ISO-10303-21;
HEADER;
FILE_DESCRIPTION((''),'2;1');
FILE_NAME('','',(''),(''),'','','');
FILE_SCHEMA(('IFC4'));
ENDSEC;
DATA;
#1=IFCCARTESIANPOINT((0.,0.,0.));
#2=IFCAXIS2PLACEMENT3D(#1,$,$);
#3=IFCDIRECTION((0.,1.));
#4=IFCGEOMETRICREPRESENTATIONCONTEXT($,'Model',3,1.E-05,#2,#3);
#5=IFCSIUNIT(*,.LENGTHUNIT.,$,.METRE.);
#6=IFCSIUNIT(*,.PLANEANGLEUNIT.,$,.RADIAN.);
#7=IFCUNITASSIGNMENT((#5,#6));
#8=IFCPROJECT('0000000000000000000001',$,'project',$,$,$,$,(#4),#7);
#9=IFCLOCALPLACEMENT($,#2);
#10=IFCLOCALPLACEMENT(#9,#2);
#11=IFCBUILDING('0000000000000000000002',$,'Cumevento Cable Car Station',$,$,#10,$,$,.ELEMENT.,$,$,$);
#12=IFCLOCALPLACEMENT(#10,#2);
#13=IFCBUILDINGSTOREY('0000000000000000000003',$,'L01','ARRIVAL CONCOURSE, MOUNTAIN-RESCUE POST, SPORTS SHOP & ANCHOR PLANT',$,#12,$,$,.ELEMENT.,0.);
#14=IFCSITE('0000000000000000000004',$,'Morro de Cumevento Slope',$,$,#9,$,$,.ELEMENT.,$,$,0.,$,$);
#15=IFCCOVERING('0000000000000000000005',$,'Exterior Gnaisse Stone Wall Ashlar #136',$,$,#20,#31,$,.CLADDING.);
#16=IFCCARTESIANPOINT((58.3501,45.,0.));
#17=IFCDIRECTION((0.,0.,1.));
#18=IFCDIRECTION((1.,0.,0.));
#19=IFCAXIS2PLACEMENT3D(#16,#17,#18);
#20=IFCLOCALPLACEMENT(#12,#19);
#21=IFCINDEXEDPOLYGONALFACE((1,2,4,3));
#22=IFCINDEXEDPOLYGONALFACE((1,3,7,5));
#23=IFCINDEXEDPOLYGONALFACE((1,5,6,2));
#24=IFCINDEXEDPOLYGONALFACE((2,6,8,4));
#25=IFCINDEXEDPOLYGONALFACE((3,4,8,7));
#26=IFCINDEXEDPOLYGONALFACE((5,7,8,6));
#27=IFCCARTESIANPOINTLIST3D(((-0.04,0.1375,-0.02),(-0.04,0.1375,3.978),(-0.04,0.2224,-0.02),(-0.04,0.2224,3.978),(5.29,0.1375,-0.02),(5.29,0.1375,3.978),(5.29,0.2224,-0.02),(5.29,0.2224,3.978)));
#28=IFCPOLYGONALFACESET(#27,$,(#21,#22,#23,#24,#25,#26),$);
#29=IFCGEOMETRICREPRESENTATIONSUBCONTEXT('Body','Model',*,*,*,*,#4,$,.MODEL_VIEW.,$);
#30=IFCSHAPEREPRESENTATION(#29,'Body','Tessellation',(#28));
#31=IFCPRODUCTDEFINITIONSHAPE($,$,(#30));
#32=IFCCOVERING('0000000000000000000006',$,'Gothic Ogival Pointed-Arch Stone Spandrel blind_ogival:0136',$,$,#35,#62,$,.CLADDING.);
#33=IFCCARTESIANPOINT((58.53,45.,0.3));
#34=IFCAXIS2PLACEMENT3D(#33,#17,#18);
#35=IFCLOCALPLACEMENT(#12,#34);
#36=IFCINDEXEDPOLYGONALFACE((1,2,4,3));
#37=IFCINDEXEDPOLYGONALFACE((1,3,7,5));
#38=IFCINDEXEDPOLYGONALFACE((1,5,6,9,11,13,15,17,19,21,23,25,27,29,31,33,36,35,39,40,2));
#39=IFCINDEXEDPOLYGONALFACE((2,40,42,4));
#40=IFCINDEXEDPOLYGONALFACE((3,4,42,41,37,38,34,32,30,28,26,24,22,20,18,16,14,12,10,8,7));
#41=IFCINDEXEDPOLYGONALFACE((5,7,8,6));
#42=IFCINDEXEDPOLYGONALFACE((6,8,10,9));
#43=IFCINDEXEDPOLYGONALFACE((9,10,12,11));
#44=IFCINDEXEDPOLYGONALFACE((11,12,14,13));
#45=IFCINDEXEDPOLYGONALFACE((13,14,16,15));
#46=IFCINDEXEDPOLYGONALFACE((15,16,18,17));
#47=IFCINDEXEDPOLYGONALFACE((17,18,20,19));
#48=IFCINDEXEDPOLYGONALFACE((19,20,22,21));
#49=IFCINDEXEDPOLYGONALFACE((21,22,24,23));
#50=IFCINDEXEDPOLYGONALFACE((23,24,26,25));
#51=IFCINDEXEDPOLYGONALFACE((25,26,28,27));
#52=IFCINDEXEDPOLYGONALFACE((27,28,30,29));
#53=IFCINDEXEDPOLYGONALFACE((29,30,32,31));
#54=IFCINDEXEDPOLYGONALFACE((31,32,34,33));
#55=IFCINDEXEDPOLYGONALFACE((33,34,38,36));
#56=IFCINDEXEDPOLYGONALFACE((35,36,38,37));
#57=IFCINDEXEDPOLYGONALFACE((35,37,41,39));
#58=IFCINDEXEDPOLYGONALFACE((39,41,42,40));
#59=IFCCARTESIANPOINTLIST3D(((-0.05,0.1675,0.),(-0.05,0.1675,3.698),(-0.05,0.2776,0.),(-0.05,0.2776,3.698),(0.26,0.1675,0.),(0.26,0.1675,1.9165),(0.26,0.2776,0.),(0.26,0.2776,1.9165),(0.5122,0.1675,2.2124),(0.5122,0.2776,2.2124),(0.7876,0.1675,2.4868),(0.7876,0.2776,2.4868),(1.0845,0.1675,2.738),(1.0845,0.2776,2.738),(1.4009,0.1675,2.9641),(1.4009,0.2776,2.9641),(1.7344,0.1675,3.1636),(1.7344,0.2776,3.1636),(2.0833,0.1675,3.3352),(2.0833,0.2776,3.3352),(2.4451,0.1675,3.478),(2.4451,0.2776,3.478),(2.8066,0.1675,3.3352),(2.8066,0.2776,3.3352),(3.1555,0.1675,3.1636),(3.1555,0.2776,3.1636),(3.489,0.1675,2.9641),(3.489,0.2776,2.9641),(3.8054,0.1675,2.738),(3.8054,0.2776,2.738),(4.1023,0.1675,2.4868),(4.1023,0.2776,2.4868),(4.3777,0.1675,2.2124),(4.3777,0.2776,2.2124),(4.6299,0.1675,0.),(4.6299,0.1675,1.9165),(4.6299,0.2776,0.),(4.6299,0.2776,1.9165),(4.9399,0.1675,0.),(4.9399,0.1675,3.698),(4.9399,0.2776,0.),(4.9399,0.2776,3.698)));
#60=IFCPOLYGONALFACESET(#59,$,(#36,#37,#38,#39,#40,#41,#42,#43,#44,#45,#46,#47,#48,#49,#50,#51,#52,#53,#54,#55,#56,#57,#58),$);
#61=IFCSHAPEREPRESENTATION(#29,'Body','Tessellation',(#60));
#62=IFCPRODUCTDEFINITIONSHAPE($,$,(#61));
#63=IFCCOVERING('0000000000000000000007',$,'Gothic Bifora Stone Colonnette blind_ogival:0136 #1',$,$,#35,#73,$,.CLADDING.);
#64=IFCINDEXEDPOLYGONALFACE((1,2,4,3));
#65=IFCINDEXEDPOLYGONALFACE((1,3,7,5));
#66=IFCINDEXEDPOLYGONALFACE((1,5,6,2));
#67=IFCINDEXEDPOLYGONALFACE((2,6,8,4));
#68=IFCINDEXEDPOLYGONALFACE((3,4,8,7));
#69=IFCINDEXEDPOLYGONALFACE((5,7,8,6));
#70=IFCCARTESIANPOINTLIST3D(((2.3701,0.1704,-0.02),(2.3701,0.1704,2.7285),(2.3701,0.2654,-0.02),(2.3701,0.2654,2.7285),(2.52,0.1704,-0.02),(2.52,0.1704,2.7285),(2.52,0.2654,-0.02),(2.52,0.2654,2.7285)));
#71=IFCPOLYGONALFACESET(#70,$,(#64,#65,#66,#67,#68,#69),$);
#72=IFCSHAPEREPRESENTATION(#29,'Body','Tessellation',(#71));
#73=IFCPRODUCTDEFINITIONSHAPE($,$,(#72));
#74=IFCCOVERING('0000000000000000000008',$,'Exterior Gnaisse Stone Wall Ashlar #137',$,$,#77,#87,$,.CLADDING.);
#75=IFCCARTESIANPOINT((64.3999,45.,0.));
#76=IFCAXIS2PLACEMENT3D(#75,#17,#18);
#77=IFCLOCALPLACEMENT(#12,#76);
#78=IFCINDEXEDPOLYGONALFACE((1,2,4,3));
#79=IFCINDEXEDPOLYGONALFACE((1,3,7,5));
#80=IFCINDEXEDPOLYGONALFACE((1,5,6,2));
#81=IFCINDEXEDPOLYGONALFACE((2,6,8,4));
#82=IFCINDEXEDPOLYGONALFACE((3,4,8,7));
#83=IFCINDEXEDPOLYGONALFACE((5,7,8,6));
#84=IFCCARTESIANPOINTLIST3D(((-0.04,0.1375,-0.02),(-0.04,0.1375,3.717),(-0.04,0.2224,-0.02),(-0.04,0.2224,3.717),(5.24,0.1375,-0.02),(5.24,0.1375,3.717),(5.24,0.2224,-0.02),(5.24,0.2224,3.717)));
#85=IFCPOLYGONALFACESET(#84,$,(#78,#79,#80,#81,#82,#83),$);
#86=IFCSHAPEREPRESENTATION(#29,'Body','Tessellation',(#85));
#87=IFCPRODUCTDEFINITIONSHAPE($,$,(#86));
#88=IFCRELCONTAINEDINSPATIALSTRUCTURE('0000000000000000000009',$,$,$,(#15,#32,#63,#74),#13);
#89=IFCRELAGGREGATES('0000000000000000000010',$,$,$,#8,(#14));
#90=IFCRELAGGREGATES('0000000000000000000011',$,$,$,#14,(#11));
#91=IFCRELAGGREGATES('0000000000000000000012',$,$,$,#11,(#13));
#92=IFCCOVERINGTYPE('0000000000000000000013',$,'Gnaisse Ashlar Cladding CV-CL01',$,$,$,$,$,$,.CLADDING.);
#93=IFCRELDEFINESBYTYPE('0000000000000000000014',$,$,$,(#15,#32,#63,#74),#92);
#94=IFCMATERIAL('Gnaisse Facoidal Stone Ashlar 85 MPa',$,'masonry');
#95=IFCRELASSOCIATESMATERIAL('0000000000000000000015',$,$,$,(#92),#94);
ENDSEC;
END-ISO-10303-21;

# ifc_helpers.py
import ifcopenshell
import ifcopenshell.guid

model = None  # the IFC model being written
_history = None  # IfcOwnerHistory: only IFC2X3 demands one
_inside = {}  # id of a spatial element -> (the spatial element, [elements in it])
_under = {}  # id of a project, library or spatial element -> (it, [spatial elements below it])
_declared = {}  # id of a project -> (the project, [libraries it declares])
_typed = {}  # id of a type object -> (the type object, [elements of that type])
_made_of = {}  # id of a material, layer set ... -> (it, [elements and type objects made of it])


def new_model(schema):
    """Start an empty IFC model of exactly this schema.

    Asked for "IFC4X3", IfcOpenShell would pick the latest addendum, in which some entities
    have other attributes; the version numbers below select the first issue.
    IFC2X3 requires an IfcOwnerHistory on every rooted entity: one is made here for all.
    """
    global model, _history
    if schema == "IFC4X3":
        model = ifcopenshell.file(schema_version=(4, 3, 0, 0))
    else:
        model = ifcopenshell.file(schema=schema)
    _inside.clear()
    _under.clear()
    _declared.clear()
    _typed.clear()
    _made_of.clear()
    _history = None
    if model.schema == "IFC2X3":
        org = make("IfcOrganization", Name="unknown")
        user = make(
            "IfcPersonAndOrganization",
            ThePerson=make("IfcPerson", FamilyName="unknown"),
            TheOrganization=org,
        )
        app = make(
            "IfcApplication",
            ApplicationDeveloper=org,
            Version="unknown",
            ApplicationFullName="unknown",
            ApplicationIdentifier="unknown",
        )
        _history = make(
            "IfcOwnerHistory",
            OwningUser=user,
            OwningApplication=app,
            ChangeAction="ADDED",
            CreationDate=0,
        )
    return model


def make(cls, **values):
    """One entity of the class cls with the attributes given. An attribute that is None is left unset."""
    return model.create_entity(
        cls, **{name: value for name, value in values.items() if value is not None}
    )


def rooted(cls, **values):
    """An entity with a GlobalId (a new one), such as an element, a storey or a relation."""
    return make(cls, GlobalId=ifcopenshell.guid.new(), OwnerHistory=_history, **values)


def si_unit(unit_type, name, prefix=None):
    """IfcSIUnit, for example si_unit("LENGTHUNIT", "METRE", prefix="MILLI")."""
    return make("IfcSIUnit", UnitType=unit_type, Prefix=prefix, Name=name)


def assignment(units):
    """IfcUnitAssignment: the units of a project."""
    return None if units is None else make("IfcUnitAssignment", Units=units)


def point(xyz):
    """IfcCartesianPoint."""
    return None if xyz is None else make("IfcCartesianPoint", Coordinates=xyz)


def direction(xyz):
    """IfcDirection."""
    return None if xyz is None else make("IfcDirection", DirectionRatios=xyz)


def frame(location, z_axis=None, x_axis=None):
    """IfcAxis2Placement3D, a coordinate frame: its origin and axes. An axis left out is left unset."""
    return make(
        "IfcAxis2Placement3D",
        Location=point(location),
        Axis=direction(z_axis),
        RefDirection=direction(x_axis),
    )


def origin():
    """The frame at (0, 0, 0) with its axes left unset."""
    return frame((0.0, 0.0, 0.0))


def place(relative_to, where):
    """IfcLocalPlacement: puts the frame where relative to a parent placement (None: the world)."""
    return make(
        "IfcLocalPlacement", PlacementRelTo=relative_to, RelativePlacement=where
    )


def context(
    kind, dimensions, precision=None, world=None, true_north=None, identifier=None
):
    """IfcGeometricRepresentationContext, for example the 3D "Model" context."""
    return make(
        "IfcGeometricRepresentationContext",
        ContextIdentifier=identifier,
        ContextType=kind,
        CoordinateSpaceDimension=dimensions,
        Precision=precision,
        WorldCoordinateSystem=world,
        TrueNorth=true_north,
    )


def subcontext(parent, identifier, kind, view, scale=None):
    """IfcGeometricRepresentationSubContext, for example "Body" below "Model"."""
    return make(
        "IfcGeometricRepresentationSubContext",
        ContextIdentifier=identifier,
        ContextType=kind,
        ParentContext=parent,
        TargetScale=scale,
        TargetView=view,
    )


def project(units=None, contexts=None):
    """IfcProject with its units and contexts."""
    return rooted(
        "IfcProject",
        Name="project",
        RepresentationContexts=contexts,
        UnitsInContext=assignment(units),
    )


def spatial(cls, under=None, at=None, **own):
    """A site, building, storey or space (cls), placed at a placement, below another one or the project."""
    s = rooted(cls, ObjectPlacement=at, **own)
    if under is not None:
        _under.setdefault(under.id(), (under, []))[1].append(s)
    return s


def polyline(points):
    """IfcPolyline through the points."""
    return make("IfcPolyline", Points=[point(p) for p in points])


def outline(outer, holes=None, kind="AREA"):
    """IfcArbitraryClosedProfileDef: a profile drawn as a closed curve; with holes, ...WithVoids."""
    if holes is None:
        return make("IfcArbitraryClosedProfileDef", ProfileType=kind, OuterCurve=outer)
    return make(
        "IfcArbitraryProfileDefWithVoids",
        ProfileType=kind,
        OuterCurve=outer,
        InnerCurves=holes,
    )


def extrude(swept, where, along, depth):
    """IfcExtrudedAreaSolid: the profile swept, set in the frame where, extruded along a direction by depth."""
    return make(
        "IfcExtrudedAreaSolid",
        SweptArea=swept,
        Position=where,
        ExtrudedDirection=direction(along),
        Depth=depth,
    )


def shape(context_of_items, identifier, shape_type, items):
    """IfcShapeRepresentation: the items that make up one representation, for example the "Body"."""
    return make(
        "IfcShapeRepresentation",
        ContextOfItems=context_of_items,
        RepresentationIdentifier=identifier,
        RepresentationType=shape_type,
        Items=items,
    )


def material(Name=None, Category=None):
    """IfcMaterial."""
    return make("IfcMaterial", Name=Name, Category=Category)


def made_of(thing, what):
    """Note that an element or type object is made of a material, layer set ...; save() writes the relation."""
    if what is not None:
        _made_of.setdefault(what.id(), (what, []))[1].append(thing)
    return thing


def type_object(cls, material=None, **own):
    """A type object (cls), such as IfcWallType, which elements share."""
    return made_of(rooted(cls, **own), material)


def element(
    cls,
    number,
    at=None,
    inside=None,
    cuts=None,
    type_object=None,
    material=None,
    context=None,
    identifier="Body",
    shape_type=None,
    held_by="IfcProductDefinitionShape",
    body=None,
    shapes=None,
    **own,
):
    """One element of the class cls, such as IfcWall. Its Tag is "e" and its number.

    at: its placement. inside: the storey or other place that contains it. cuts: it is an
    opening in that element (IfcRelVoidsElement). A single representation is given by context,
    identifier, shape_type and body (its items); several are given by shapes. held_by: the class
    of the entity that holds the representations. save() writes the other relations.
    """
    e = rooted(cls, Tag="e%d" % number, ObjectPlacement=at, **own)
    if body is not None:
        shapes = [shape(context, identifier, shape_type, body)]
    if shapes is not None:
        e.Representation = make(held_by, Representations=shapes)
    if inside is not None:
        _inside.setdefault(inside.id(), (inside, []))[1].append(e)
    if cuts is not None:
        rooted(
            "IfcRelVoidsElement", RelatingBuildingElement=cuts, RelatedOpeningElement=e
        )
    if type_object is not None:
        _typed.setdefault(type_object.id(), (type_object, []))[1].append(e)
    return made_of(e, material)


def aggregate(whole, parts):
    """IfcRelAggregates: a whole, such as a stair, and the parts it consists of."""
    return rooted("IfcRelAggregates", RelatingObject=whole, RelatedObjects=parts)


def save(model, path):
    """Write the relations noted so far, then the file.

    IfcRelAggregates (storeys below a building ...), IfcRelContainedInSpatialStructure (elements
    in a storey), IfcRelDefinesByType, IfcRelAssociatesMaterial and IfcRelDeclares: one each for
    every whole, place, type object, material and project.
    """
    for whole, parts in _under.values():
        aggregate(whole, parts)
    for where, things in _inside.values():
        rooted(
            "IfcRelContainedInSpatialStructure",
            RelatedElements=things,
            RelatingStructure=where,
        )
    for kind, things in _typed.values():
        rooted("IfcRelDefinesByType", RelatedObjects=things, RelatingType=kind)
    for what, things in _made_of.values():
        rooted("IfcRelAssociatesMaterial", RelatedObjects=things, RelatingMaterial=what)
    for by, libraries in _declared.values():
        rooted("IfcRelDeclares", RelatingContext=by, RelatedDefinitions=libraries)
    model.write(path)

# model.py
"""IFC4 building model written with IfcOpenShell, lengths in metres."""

from ifc_helpers import new_model, si_unit, direction, frame, origin, place, context, subcontext, project, spatial, polyline, outline, extrude, material, type_object, element, save


model = new_model("IFC4")

# Units and contexts
model_context = context("Model", 3, precision=1e-05, world=origin(), true_north=direction((0.0, 1.0)))
body_context = subcontext(model_context, "Body", "Model", "MODEL_VIEW")
ifc_project = project(units=[si_unit("LENGTHUNIT", "METRE"), si_unit("PLANEANGLEUNIT", "RADIAN")], contexts=[model_context])

# Site, building, storey
site_placement = place(None, origin())
site = spatial("IfcSite", under=ifc_project, at=site_placement, Name="Morro de Cumevento Slope", CompositionType="ELEMENT", RefElevation=0.0)
building_placement = place(site_placement, origin())
building = spatial("IfcBuilding", under=site, at=building_placement, Name="Cumevento Cable Car Station", CompositionType="ELEMENT")
storey_placement = place(building_placement, origin())
storey = spatial("IfcBuildingStorey", under=building, at=storey_placement, Name="L01", Description="ARRIVAL CONCOURSE, MOUNTAIN-RESCUE POST, SPORTS SHOP & ANCHOR PLANT", CompositionType="ELEMENT", Elevation=0.0)

# Coverings
ifc_material_1 = material(Name="Gnaisse Facoidal Stone Ashlar 85 MPa", Category="masonry")
covering_type = type_object("IfcCoveringType", Name="Gnaisse Ashlar Cladding CV-CL01", PredefinedType="CLADDING", material=ifc_material_1)
covering_1_placement = place(storey_placement, frame((58.3501, 45.0, 0.0), z_axis=(0.0, 0.0, 1.0), x_axis=(1.0, 0.0, 0.0)))
element("IfcCovering", 1, at=covering_1_placement, inside=storey, type_object=covering_type, Name="Exterior Gnaisse Stone Wall Ashlar #136", PredefinedType="CLADDING", context=body_context, shape_type="SweptSolid", body=[
    extrude(outline(polyline([(-0.04, -0.02), (5.29, -0.02), (5.29, 3.978), (-0.04, 3.978), (-0.04, -0.02)])), frame((0.0, 0.2224, 0.0), z_axis=(0.0, -1.0, 0.0), x_axis=(1.0, 0.0, 0.0)), (0.0, 0.0, 1.0), 0.085),
])
placement = place(storey_placement, frame((58.53, 45.0, 0.3), z_axis=(0.0, 0.0, 1.0), x_axis=(1.0, 0.0, 0.0)))
element("IfcCovering", 2, at=placement, inside=storey, type_object=covering_type, Name="Gothic Ogival Pointed-Arch Stone Spandrel blind_ogival:0136", PredefinedType="CLADDING", context=body_context, shape_type="SweptSolid", body=[
    extrude(outline(polyline([(-0.05, 0.0), (-0.05, 3.698), (4.9399, 3.698), (4.9399, 0.0), (4.6299, 0.0), (4.6299, 1.9165), (4.3777, 2.2124), (4.1023, 2.4868), (3.8054, 2.738), (3.489, 2.9641), (3.1555, 3.1636), (2.8066, 3.3352), (2.4451, 3.478), (2.0833, 3.3352), (1.7344, 3.1636), (1.4009, 2.9641), (1.0845, 2.738), (0.7876, 2.4868), (0.5122, 2.2124), (0.26, 1.9165), (0.26, 0.0), (-0.05, 0.0)])), frame((0.0, 0.2776, 0.0), z_axis=(0.0, -1.0, 0.0), x_axis=(1.0, 0.0, 0.0)), (0.0, 0.0, 1.0), 0.1101),
])
element("IfcCovering", 3, at=placement, inside=storey, type_object=covering_type, Name="Gothic Bifora Stone Colonnette blind_ogival:0136 #1", PredefinedType="CLADDING", context=body_context, shape_type="SweptSolid", body=[
    extrude(outline(polyline([(2.3701, -0.02), (2.52, -0.02), (2.52, 2.7285), (2.3701, 2.7285), (2.3701, -0.02)])), frame((0.0, 0.2654, 0.0), z_axis=(0.0, -1.0, 0.0), x_axis=(1.0, 0.0, 0.0)), (0.0, 0.0, 1.0), 0.095),
])
covering_2_placement = place(storey_placement, frame((64.3999, 45.0, 0.0), z_axis=(0.0, 0.0, 1.0), x_axis=(1.0, 0.0, 0.0)))
element("IfcCovering", 4, at=covering_2_placement, inside=storey, type_object=covering_type, Name="Exterior Gnaisse Stone Wall Ashlar #137", PredefinedType="CLADDING", context=body_context, shape_type="SweptSolid", body=[
    extrude(outline(polyline([(-0.04, -0.02), (5.24, -0.02), (5.24, 3.717), (-0.04, 3.717), (-0.04, -0.02)])), frame((0.0, 0.2224, 0.0), z_axis=(0.0, -1.0, 0.0), x_axis=(1.0, 0.0, 0.0)), (0.0, 0.0, 1.0), 0.085),
])

save(model, "model.ifc")
